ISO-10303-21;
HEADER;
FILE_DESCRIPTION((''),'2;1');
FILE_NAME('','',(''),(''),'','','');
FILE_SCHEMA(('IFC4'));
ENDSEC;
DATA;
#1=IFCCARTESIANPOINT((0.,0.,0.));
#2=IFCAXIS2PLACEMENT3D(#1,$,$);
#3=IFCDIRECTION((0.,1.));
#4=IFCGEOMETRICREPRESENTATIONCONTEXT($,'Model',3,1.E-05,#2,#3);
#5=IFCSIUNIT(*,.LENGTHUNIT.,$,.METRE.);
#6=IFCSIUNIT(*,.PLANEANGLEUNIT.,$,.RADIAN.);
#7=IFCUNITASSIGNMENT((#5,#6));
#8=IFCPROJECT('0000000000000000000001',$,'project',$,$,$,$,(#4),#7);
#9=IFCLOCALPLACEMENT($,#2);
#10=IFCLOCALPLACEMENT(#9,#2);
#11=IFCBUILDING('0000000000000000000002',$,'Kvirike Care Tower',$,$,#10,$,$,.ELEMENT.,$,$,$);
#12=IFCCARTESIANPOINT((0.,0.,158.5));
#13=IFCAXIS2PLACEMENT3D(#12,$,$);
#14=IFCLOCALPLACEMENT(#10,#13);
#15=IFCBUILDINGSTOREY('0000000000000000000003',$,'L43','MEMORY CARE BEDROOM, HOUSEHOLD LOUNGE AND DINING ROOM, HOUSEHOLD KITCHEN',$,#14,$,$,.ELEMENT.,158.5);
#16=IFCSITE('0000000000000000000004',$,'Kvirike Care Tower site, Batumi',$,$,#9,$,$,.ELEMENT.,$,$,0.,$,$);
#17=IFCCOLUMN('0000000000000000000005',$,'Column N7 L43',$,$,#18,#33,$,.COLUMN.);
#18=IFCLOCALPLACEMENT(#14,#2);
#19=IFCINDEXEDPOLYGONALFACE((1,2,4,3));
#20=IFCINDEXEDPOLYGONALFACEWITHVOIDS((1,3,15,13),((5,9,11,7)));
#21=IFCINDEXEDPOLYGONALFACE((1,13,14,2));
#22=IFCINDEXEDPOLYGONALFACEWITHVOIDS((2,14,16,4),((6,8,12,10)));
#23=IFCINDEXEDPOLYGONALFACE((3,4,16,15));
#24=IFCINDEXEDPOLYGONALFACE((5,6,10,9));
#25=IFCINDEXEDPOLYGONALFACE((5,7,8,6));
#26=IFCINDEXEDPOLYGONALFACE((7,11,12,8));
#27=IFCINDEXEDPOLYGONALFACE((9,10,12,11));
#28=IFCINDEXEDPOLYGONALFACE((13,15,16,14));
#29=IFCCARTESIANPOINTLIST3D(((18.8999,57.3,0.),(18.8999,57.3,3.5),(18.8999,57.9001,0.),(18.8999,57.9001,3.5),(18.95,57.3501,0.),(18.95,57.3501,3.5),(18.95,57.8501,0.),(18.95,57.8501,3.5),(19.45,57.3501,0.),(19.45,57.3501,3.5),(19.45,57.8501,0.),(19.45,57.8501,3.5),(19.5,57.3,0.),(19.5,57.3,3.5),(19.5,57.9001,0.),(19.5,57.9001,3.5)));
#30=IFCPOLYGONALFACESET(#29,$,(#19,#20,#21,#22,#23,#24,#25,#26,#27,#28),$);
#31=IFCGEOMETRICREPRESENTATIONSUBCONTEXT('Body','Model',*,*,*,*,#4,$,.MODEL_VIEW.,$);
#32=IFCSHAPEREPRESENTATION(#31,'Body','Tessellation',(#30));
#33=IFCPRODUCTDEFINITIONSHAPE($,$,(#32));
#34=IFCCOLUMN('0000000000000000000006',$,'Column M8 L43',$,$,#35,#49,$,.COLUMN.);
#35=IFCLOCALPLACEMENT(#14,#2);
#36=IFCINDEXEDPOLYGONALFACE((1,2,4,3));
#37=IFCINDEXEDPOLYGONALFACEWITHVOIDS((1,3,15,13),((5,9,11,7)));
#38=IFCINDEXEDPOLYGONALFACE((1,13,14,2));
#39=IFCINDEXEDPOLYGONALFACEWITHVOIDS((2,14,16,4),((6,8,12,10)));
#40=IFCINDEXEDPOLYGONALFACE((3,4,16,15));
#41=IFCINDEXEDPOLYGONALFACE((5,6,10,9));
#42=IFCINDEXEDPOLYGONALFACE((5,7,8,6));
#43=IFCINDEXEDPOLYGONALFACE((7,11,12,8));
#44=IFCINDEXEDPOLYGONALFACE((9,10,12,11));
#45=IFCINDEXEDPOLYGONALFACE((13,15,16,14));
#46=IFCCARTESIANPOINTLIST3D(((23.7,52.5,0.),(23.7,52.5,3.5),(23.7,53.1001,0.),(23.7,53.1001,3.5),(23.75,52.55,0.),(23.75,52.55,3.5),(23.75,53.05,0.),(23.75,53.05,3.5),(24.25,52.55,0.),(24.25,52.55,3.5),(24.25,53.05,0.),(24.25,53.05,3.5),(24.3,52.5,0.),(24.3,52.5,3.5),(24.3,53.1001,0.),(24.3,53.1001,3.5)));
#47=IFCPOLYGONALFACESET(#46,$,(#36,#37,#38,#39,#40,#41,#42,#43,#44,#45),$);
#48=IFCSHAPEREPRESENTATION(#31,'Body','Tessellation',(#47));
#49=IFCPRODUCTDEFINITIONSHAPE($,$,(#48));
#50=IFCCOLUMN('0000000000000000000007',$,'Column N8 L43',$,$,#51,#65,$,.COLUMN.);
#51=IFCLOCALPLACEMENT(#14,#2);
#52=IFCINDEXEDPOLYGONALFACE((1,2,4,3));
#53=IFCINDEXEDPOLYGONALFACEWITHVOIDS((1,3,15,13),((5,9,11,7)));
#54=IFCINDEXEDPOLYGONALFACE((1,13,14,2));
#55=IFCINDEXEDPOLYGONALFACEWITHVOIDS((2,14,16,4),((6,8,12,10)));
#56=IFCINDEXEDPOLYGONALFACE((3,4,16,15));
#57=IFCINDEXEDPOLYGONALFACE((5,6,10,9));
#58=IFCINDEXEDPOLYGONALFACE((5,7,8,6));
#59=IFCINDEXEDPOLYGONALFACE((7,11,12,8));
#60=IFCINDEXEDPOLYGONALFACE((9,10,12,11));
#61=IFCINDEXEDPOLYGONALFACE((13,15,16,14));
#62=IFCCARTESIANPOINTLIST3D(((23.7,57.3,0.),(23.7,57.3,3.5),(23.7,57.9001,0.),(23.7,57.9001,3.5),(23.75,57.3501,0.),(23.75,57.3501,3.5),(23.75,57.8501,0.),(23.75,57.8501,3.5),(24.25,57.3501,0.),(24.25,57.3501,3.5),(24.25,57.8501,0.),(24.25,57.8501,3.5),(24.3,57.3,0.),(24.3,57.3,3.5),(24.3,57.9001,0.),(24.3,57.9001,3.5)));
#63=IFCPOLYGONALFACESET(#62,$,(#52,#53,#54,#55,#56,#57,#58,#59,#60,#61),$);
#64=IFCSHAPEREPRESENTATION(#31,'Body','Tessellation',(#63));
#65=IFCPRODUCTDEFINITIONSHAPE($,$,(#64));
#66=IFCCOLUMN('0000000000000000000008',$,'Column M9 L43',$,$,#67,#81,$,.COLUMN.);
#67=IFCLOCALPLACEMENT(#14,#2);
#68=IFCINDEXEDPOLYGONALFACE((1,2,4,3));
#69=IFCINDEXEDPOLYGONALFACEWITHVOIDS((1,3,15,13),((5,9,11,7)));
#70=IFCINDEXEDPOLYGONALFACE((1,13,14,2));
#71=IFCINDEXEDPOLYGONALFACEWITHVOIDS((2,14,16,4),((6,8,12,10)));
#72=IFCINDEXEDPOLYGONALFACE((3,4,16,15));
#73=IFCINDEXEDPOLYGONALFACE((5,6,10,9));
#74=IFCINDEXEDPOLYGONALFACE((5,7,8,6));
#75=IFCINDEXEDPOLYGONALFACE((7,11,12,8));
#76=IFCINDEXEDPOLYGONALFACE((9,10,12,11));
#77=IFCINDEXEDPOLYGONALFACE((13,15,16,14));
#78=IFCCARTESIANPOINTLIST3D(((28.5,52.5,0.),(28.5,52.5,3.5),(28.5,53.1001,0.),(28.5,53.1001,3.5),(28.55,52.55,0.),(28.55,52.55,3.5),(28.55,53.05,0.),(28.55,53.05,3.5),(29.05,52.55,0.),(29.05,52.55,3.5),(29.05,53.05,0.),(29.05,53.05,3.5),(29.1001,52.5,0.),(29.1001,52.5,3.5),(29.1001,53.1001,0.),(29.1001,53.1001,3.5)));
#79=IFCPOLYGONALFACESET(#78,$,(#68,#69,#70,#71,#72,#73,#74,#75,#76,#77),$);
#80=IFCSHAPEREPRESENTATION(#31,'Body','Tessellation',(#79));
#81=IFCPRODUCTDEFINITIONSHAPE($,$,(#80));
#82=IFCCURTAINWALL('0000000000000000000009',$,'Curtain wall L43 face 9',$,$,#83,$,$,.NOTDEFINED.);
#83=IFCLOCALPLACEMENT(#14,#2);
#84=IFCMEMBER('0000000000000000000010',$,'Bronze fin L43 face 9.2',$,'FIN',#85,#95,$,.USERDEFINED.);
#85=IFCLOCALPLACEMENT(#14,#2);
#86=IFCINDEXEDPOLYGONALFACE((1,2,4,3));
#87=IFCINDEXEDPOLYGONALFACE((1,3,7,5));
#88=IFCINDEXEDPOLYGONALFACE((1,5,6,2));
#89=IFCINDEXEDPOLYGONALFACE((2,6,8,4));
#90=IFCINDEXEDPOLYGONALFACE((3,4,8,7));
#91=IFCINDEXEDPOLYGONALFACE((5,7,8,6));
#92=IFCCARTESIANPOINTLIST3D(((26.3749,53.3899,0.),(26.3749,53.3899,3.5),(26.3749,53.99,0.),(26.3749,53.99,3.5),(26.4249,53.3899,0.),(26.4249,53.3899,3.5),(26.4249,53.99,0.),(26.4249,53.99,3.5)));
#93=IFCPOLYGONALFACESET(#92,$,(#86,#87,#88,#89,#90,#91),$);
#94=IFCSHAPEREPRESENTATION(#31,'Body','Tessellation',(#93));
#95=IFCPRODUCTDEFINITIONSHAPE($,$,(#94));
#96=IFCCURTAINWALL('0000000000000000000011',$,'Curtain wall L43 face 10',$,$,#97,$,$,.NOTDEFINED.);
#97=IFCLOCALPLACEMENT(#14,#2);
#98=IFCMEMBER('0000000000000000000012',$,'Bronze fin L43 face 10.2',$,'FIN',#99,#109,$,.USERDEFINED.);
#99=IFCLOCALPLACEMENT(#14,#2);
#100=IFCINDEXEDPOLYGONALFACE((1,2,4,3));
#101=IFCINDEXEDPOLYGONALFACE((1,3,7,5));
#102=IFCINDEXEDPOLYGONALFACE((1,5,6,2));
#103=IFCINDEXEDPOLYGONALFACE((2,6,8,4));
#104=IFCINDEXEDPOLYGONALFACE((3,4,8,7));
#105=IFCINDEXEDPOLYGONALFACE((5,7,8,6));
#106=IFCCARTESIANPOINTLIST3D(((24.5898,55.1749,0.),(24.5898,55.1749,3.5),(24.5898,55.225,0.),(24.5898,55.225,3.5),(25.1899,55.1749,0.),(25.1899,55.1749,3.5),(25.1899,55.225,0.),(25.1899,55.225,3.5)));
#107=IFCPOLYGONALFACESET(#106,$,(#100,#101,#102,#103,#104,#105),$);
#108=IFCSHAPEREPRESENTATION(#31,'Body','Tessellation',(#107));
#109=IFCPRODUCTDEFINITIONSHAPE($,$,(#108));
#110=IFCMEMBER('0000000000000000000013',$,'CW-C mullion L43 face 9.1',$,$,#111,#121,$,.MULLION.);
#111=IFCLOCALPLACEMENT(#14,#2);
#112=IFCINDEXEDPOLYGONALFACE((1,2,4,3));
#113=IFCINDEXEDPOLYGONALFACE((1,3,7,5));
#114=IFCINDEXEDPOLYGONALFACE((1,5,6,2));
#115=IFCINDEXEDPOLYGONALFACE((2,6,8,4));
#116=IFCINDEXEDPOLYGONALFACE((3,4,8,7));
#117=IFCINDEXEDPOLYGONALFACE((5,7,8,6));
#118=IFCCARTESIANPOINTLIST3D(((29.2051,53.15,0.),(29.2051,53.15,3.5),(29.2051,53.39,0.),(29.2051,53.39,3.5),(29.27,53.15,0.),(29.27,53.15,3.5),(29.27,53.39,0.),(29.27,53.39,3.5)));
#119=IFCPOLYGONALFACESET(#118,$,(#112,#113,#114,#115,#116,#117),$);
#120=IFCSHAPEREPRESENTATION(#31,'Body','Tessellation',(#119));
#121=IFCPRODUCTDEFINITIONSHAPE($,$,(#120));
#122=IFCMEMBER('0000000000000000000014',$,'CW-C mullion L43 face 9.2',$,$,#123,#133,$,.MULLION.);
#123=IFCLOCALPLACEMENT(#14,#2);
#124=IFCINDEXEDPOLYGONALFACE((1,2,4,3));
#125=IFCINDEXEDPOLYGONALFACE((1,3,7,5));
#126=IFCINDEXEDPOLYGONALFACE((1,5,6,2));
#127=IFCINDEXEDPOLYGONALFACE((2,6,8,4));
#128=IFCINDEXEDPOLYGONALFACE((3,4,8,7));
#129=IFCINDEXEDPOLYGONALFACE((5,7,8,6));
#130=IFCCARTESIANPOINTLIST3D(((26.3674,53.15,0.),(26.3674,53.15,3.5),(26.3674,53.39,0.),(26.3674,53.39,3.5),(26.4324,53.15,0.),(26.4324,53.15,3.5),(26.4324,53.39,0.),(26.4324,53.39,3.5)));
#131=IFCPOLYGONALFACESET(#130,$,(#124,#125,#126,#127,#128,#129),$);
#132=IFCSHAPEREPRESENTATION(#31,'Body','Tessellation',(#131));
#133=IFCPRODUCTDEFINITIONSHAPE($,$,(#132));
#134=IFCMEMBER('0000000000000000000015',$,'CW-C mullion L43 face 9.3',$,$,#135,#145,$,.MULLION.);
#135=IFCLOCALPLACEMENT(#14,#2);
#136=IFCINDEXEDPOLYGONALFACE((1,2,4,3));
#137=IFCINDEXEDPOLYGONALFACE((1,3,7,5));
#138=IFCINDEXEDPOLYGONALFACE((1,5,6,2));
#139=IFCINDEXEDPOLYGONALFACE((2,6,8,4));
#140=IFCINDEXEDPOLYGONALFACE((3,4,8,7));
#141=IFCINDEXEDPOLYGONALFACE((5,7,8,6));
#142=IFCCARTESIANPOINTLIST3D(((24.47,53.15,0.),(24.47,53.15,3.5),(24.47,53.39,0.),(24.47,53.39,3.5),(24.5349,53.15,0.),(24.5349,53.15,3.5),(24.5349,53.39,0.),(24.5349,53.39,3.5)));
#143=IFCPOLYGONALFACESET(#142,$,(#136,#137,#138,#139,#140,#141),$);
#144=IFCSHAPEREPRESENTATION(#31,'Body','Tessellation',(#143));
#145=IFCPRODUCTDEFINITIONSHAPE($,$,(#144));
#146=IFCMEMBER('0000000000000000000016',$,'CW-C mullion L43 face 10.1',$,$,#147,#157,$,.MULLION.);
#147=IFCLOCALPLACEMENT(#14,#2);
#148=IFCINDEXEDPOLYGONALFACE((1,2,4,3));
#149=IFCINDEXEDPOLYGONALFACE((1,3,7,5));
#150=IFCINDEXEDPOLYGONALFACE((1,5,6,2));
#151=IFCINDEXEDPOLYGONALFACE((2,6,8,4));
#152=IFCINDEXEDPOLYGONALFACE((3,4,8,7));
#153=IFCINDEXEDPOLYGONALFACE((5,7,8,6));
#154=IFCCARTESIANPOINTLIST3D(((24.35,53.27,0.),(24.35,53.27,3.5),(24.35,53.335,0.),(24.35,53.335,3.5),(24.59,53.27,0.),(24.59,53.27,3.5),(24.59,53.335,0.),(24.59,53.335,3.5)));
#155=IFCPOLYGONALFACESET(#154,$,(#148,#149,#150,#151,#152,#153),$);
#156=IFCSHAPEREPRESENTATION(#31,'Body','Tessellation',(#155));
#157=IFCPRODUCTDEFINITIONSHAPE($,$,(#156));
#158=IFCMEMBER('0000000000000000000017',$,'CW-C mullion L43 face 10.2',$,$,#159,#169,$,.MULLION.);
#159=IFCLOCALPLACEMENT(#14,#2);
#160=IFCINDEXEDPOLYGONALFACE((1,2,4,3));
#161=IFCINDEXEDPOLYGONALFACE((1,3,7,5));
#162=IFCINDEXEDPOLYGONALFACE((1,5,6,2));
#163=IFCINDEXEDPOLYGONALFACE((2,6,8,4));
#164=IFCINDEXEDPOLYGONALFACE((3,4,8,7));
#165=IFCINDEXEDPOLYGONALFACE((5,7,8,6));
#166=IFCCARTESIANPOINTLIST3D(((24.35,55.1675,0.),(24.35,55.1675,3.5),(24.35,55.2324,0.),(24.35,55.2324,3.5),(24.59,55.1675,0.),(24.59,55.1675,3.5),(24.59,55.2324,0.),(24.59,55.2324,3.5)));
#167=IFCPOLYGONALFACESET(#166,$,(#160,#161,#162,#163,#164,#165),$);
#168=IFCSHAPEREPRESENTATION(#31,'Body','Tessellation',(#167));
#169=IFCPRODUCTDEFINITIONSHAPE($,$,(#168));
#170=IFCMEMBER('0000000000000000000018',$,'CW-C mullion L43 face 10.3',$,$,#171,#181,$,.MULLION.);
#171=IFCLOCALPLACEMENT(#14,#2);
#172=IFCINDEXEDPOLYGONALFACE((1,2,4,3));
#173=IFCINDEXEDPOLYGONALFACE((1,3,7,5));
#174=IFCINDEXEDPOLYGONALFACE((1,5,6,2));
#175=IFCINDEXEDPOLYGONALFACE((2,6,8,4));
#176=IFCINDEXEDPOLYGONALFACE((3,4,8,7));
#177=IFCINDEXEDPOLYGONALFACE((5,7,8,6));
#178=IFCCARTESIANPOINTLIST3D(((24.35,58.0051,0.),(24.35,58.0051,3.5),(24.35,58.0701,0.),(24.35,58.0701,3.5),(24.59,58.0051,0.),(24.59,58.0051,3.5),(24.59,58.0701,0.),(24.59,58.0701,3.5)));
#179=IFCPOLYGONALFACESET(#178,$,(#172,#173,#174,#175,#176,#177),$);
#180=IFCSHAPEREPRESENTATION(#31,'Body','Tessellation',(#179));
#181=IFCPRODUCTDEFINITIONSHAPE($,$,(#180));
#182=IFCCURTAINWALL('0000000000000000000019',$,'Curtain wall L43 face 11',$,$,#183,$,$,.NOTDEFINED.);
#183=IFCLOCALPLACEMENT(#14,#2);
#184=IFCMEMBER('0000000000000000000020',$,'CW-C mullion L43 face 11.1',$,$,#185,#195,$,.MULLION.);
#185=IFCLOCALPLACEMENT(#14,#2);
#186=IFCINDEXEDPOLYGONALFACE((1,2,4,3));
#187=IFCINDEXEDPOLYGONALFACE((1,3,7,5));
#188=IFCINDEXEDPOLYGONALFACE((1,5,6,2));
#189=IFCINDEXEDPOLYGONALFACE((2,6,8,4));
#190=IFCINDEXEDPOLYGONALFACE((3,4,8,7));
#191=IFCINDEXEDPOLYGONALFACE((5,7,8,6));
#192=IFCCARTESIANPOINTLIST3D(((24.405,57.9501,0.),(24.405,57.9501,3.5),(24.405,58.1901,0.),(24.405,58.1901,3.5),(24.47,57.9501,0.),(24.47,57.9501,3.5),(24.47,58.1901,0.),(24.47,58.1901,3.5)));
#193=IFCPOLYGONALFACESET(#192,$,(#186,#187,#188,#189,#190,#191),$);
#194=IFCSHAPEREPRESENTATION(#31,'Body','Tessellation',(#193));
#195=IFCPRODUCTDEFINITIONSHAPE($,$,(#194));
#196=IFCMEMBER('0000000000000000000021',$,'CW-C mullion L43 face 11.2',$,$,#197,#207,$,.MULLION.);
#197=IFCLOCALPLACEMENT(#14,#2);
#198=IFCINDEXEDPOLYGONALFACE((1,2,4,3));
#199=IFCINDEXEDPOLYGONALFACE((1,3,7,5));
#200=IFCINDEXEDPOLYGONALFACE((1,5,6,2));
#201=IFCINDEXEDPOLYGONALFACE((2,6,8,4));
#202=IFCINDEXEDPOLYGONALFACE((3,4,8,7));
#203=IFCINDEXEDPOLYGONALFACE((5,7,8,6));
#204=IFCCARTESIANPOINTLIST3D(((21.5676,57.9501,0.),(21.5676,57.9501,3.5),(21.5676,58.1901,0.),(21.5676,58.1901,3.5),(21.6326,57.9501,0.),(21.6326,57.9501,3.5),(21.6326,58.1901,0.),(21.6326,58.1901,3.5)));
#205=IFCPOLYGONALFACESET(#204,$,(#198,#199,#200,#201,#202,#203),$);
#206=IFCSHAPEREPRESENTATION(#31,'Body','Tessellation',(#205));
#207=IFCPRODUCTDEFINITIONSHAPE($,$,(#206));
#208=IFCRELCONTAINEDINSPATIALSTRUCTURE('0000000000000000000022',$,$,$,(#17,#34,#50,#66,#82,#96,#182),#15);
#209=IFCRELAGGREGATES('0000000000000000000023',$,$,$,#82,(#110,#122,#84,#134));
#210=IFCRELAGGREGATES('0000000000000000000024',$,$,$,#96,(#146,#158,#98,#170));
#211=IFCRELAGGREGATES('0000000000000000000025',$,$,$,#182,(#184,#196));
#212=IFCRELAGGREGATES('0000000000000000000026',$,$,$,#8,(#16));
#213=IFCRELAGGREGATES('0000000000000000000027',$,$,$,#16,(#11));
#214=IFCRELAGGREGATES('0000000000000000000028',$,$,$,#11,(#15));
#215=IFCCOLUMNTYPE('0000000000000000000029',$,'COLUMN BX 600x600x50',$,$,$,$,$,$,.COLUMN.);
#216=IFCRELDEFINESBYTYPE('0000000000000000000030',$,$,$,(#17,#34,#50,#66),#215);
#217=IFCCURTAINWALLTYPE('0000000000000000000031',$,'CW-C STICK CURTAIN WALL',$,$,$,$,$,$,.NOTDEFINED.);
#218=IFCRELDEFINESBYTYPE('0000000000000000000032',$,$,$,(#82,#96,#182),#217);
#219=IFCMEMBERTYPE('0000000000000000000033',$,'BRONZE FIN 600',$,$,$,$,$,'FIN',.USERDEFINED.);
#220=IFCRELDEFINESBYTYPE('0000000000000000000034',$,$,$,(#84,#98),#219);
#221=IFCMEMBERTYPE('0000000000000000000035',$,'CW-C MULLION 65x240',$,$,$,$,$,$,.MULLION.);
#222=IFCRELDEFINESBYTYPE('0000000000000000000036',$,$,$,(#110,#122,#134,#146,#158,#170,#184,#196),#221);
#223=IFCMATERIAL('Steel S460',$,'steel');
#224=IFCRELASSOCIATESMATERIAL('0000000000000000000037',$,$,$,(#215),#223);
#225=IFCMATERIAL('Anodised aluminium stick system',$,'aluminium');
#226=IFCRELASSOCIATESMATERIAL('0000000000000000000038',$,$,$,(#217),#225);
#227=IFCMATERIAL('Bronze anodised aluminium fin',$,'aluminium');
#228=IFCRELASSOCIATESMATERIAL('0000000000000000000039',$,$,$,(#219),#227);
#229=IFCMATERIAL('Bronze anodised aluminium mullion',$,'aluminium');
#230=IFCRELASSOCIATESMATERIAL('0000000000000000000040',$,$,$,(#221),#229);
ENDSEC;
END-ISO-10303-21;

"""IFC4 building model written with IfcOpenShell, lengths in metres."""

from ifc_helpers import new_model, si_unit, direction, frame, origin, origin_2d, place, context, subcontext, project, spatial, rectangle, hollow_rectangle, extrude, material, material_profile, profile_set, type_object, element, aggregate, save


model = new_model("IFC4")

# Units and contexts
model_context = context("Model", 3, precision=1e-05, world=origin(), true_north=direction((0.0, 1.0)))
body_context = subcontext(model_context, "Body", "Model", "MODEL_VIEW")
ifc_project = project(units=[si_unit("LENGTHUNIT", "METRE"), si_unit("PLANEANGLEUNIT", "RADIAN")], contexts=[model_context])

# Site, building, storey
site_placement = place(None, origin())
site = spatial("IfcSite", under=ifc_project, at=site_placement, Name="Kvirike Care Tower site, Batumi", CompositionType="ELEMENT", RefElevation=0.0)
building_placement = place(site_placement, origin())
building = spatial("IfcBuilding", under=site, at=building_placement, Name="Kvirike Care Tower", CompositionType="ELEMENT")
storey_placement = place(building_placement, frame((0.0, 0.0, 158.5)))
storey = spatial("IfcBuildingStorey", under=building, at=storey_placement, Name="L43", Description="MEMORY CARE BEDROOM, HOUSEHOLD LOUNGE AND DINING ROOM, HOUSEHOLD KITCHEN", CompositionType="ELEMENT", Elevation=158.5)

# Columns
ifc_material_1 = material(Name="Steel S460", Category="steel")
ifc_material_profile_1 = material_profile(ifc_material_1, hollow_rectangle(XDim=0.6001, YDim=0.6001, WallThickness=0.05, at=origin_2d()), Name="BX 600x600x50")
ifc_profile_set_1 = profile_set([ifc_material_profile_1], Name="Steel S460")
column_type = type_object("IfcColumnType", Name="COLUMN BX 600x600x50", PredefinedType="COLUMN", material=ifc_profile_set_1)
for number, where, z_axis, x_axis, name in (
    (1, (19.2, 57.6001, 0.0), (0.0, 0.0, 1.0), (0.0, 1.0, 0.0), "Column N7 L43"),
    (2, (24.0, 52.8, 0.0), (0.0, 0.0, 1.0), (0.0, 1.0, 0.0), "Column M8 L43"),
    (3, (24.0, 57.6001, 0.0), (0.0, 0.0, 1.0), (0.0, 1.0, 0.0), "Column N8 L43"),
    (4, (28.8, 52.8, 0.0), (0.0, 0.0, 1.0), (0.0, 1.0, 0.0), "Column M9 L43"),
):
    element("IfcColumn", number, at=place(storey_placement, frame(where, z_axis=z_axis, x_axis=x_axis)), inside=storey, type_object=column_type, Name=name, PredefinedType="COLUMN", context=body_context, shape_type="SweptSolid", body=[
        extrude(hollow_rectangle(XDim=0.6001, YDim=0.6001, WallThickness=0.05, at=origin_2d()), origin(), (0.0, 0.0, 1.0), 3.5),
    ])

# Curtain walls, members
ifc_material_2 = material(Name="Anodised aluminium stick system", Category="aluminium")
curtain_wall_type = type_object("IfcCurtainWallType", Name="CW-C STICK CURTAIN WALL", PredefinedType="NOTDEFINED", material=ifc_material_2)
curtain_wall_1_placement = place(storey_placement, origin())
curtain_wall_1 = element("IfcCurtainWall", 5, at=curtain_wall_1_placement, inside=storey, type_object=curtain_wall_type, Name="Curtain wall L43 face 9", PredefinedType="NOTDEFINED")
ifc_material_3 = material(Name="Bronze anodised aluminium fin", Category="aluminium")
ifc_material_profile_2 = material_profile(ifc_material_3, rectangle(XDim=0.05, YDim=0.6001, at=origin_2d()), Name="BRONZE FIN 600")
ifc_profile_set_2 = profile_set([ifc_material_profile_2], Name="Bronze anodised aluminium fin")
member_type_1 = type_object("IfcMemberType", Name="BRONZE FIN 600", ElementType="FIN", PredefinedType="USERDEFINED", material=ifc_profile_set_2)
member_1_placement = place(storey_placement, frame((26.3999, 53.6899, 0.0), z_axis=(0.0, 0.0, 1.0), x_axis=(-1.0, 0.0, 0.0)))
member_1 = element("IfcMember", 6, at=member_1_placement, type_object=member_type_1, Name="Bronze fin L43 face 9.2", ObjectType="FIN", PredefinedType="USERDEFINED", context=body_context, shape_type="SweptSolid", body=[
    extrude(rectangle(XDim=0.05, YDim=0.6001, at=origin_2d()), origin(), (0.0, 0.0, 1.0), 3.5),
])
curtain_wall_2_placement = place(storey_placement, origin())
curtain_wall_2 = element("IfcCurtainWall", 7, at=curtain_wall_2_placement, inside=storey, type_object=curtain_wall_type, Name="Curtain wall L43 face 10", PredefinedType="NOTDEFINED")
member_2_placement = place(storey_placement, frame((24.8899, 55.2, 0.0), z_axis=(0.0, 0.0, 1.0), x_axis=(0.0, 1.0, 0.0)))
member_2 = element("IfcMember", 8, at=member_2_placement, type_object=member_type_1, Name="Bronze fin L43 face 10.2", ObjectType="FIN", PredefinedType="USERDEFINED", context=body_context, shape_type="SweptSolid", body=[
    extrude(rectangle(XDim=0.05, YDim=0.6001, at=origin_2d()), origin(), (0.0, 0.0, 1.0), 3.5),
])

# Members
ifc_material_4 = material(Name="Bronze anodised aluminium mullion", Category="aluminium")
ifc_material_profile_3 = material_profile(ifc_material_4, rectangle(XDim=0.0649, YDim=0.24, at=origin_2d()), Name="CW-C MULLION 65x240")
ifc_profile_set_3 = profile_set([ifc_material_profile_3], Name="Bronze anodised aluminium mullion")
member_type_2 = type_object("IfcMemberType", Name="CW-C MULLION 65x240", PredefinedType="MULLION", material=ifc_profile_set_3)
member_3_placement = place(storey_placement, frame((29.2375, 53.27, 0.0), z_axis=(0.0, 0.0, 1.0), x_axis=(-1.0, 0.0, 0.0)))
member_3 = element("IfcMember", 9, at=member_3_placement, type_object=member_type_2, Name="CW-C mullion L43 face 9.1", PredefinedType="MULLION", context=body_context, shape_type="SweptSolid", body=[
    extrude(rectangle(XDim=0.0649, YDim=0.24, at=origin_2d()), origin(), (0.0, 0.0, 1.0), 3.5),
])
member_4_placement = place(storey_placement, frame((26.3999, 53.27, 0.0), z_axis=(0.0, 0.0, 1.0), x_axis=(-1.0, 0.0, 0.0)))
member_4 = element("IfcMember", 10, at=member_4_placement, type_object=member_type_2, Name="CW-C mullion L43 face 9.2", PredefinedType="MULLION", context=body_context, shape_type="SweptSolid", body=[
    extrude(rectangle(XDim=0.0649, YDim=0.24, at=origin_2d()), origin(), (0.0, 0.0, 1.0), 3.5),
])
member_5_placement = place(storey_placement, frame((24.5024, 53.27, 0.0), z_axis=(0.0, 0.0, 1.0), x_axis=(-1.0, 0.0, 0.0)))
member_5 = element("IfcMember", 11, at=member_5_placement, type_object=member_type_2, Name="CW-C mullion L43 face 9.3", PredefinedType="MULLION", context=body_context, shape_type="SweptSolid", body=[
    extrude(rectangle(XDim=0.0649, YDim=0.24, at=origin_2d()), origin(), (0.0, 0.0, 1.0), 3.5),
])
member_6_placement = place(storey_placement, frame((24.47, 53.3025, 0.0), z_axis=(0.0, 0.0, 1.0), x_axis=(0.0, 1.0, 0.0)))
member_6 = element("IfcMember", 12, at=member_6_placement, type_object=member_type_2, Name="CW-C mullion L43 face 10.1", PredefinedType="MULLION", context=body_context, shape_type="SweptSolid", body=[
    extrude(rectangle(XDim=0.0649, YDim=0.24, at=origin_2d()), origin(), (0.0, 0.0, 1.0), 3.5),
])
member_7_placement = place(storey_placement, frame((24.47, 55.2, 0.0), z_axis=(0.0, 0.0, 1.0), x_axis=(0.0, 1.0, 0.0)))
member_7 = element("IfcMember", 13, at=member_7_placement, type_object=member_type_2, Name="CW-C mullion L43 face 10.2", PredefinedType="MULLION", context=body_context, shape_type="SweptSolid", body=[
    extrude(rectangle(XDim=0.0649, YDim=0.24, at=origin_2d()), origin(), (0.0, 0.0, 1.0), 3.5),
])
member_8_placement = place(storey_placement, frame((24.47, 58.0376, 0.0), z_axis=(0.0, 0.0, 1.0), x_axis=(0.0, 1.0, 0.0)))
member_8 = element("IfcMember", 14, at=member_8_placement, type_object=member_type_2, Name="CW-C mullion L43 face 10.3", PredefinedType="MULLION", context=body_context, shape_type="SweptSolid", body=[
    extrude(rectangle(XDim=0.0649, YDim=0.24, at=origin_2d()), origin(), (0.0, 0.0, 1.0), 3.5),
])

# Curtain wall, members
curtain_wall_3_placement = place(storey_placement, origin())
curtain_wall_3 = element("IfcCurtainWall", 15, at=curtain_wall_3_placement, inside=storey, type_object=curtain_wall_type, Name="Curtain wall L43 face 11", PredefinedType="NOTDEFINED")
member_9_placement = place(storey_placement, frame((24.4375, 58.0701, 0.0), z_axis=(0.0, 0.0, 1.0), x_axis=(-1.0, 0.0, 0.0)))
member_9 = element("IfcMember", 16, at=member_9_placement, type_object=member_type_2, Name="CW-C mullion L43 face 11.1", PredefinedType="MULLION", context=body_context, shape_type="SweptSolid", body=[
    extrude(rectangle(XDim=0.0649, YDim=0.24, at=origin_2d()), origin(), (0.0, 0.0, 1.0), 3.5),
])
member_10_placement = place(storey_placement, frame((21.6001, 58.0701, 0.0), z_axis=(0.0, 0.0, 1.0), x_axis=(-1.0, 0.0, 0.0)))
member_10 = element("IfcMember", 17, at=member_10_placement, type_object=member_type_2, Name="CW-C mullion L43 face 11.2", PredefinedType="MULLION", context=body_context, shape_type="SweptSolid", body=[
    extrude(rectangle(XDim=0.0649, YDim=0.24, at=origin_2d()), origin(), (0.0, 0.0, 1.0), 3.5),
])

aggregate(curtain_wall_1, [member_3, member_4, member_1, member_5])
aggregate(curtain_wall_2, [member_6, member_7, member_2, member_8])
aggregate(curtain_wall_3, [member_9, member_10])

save(model, "model.ifc")
